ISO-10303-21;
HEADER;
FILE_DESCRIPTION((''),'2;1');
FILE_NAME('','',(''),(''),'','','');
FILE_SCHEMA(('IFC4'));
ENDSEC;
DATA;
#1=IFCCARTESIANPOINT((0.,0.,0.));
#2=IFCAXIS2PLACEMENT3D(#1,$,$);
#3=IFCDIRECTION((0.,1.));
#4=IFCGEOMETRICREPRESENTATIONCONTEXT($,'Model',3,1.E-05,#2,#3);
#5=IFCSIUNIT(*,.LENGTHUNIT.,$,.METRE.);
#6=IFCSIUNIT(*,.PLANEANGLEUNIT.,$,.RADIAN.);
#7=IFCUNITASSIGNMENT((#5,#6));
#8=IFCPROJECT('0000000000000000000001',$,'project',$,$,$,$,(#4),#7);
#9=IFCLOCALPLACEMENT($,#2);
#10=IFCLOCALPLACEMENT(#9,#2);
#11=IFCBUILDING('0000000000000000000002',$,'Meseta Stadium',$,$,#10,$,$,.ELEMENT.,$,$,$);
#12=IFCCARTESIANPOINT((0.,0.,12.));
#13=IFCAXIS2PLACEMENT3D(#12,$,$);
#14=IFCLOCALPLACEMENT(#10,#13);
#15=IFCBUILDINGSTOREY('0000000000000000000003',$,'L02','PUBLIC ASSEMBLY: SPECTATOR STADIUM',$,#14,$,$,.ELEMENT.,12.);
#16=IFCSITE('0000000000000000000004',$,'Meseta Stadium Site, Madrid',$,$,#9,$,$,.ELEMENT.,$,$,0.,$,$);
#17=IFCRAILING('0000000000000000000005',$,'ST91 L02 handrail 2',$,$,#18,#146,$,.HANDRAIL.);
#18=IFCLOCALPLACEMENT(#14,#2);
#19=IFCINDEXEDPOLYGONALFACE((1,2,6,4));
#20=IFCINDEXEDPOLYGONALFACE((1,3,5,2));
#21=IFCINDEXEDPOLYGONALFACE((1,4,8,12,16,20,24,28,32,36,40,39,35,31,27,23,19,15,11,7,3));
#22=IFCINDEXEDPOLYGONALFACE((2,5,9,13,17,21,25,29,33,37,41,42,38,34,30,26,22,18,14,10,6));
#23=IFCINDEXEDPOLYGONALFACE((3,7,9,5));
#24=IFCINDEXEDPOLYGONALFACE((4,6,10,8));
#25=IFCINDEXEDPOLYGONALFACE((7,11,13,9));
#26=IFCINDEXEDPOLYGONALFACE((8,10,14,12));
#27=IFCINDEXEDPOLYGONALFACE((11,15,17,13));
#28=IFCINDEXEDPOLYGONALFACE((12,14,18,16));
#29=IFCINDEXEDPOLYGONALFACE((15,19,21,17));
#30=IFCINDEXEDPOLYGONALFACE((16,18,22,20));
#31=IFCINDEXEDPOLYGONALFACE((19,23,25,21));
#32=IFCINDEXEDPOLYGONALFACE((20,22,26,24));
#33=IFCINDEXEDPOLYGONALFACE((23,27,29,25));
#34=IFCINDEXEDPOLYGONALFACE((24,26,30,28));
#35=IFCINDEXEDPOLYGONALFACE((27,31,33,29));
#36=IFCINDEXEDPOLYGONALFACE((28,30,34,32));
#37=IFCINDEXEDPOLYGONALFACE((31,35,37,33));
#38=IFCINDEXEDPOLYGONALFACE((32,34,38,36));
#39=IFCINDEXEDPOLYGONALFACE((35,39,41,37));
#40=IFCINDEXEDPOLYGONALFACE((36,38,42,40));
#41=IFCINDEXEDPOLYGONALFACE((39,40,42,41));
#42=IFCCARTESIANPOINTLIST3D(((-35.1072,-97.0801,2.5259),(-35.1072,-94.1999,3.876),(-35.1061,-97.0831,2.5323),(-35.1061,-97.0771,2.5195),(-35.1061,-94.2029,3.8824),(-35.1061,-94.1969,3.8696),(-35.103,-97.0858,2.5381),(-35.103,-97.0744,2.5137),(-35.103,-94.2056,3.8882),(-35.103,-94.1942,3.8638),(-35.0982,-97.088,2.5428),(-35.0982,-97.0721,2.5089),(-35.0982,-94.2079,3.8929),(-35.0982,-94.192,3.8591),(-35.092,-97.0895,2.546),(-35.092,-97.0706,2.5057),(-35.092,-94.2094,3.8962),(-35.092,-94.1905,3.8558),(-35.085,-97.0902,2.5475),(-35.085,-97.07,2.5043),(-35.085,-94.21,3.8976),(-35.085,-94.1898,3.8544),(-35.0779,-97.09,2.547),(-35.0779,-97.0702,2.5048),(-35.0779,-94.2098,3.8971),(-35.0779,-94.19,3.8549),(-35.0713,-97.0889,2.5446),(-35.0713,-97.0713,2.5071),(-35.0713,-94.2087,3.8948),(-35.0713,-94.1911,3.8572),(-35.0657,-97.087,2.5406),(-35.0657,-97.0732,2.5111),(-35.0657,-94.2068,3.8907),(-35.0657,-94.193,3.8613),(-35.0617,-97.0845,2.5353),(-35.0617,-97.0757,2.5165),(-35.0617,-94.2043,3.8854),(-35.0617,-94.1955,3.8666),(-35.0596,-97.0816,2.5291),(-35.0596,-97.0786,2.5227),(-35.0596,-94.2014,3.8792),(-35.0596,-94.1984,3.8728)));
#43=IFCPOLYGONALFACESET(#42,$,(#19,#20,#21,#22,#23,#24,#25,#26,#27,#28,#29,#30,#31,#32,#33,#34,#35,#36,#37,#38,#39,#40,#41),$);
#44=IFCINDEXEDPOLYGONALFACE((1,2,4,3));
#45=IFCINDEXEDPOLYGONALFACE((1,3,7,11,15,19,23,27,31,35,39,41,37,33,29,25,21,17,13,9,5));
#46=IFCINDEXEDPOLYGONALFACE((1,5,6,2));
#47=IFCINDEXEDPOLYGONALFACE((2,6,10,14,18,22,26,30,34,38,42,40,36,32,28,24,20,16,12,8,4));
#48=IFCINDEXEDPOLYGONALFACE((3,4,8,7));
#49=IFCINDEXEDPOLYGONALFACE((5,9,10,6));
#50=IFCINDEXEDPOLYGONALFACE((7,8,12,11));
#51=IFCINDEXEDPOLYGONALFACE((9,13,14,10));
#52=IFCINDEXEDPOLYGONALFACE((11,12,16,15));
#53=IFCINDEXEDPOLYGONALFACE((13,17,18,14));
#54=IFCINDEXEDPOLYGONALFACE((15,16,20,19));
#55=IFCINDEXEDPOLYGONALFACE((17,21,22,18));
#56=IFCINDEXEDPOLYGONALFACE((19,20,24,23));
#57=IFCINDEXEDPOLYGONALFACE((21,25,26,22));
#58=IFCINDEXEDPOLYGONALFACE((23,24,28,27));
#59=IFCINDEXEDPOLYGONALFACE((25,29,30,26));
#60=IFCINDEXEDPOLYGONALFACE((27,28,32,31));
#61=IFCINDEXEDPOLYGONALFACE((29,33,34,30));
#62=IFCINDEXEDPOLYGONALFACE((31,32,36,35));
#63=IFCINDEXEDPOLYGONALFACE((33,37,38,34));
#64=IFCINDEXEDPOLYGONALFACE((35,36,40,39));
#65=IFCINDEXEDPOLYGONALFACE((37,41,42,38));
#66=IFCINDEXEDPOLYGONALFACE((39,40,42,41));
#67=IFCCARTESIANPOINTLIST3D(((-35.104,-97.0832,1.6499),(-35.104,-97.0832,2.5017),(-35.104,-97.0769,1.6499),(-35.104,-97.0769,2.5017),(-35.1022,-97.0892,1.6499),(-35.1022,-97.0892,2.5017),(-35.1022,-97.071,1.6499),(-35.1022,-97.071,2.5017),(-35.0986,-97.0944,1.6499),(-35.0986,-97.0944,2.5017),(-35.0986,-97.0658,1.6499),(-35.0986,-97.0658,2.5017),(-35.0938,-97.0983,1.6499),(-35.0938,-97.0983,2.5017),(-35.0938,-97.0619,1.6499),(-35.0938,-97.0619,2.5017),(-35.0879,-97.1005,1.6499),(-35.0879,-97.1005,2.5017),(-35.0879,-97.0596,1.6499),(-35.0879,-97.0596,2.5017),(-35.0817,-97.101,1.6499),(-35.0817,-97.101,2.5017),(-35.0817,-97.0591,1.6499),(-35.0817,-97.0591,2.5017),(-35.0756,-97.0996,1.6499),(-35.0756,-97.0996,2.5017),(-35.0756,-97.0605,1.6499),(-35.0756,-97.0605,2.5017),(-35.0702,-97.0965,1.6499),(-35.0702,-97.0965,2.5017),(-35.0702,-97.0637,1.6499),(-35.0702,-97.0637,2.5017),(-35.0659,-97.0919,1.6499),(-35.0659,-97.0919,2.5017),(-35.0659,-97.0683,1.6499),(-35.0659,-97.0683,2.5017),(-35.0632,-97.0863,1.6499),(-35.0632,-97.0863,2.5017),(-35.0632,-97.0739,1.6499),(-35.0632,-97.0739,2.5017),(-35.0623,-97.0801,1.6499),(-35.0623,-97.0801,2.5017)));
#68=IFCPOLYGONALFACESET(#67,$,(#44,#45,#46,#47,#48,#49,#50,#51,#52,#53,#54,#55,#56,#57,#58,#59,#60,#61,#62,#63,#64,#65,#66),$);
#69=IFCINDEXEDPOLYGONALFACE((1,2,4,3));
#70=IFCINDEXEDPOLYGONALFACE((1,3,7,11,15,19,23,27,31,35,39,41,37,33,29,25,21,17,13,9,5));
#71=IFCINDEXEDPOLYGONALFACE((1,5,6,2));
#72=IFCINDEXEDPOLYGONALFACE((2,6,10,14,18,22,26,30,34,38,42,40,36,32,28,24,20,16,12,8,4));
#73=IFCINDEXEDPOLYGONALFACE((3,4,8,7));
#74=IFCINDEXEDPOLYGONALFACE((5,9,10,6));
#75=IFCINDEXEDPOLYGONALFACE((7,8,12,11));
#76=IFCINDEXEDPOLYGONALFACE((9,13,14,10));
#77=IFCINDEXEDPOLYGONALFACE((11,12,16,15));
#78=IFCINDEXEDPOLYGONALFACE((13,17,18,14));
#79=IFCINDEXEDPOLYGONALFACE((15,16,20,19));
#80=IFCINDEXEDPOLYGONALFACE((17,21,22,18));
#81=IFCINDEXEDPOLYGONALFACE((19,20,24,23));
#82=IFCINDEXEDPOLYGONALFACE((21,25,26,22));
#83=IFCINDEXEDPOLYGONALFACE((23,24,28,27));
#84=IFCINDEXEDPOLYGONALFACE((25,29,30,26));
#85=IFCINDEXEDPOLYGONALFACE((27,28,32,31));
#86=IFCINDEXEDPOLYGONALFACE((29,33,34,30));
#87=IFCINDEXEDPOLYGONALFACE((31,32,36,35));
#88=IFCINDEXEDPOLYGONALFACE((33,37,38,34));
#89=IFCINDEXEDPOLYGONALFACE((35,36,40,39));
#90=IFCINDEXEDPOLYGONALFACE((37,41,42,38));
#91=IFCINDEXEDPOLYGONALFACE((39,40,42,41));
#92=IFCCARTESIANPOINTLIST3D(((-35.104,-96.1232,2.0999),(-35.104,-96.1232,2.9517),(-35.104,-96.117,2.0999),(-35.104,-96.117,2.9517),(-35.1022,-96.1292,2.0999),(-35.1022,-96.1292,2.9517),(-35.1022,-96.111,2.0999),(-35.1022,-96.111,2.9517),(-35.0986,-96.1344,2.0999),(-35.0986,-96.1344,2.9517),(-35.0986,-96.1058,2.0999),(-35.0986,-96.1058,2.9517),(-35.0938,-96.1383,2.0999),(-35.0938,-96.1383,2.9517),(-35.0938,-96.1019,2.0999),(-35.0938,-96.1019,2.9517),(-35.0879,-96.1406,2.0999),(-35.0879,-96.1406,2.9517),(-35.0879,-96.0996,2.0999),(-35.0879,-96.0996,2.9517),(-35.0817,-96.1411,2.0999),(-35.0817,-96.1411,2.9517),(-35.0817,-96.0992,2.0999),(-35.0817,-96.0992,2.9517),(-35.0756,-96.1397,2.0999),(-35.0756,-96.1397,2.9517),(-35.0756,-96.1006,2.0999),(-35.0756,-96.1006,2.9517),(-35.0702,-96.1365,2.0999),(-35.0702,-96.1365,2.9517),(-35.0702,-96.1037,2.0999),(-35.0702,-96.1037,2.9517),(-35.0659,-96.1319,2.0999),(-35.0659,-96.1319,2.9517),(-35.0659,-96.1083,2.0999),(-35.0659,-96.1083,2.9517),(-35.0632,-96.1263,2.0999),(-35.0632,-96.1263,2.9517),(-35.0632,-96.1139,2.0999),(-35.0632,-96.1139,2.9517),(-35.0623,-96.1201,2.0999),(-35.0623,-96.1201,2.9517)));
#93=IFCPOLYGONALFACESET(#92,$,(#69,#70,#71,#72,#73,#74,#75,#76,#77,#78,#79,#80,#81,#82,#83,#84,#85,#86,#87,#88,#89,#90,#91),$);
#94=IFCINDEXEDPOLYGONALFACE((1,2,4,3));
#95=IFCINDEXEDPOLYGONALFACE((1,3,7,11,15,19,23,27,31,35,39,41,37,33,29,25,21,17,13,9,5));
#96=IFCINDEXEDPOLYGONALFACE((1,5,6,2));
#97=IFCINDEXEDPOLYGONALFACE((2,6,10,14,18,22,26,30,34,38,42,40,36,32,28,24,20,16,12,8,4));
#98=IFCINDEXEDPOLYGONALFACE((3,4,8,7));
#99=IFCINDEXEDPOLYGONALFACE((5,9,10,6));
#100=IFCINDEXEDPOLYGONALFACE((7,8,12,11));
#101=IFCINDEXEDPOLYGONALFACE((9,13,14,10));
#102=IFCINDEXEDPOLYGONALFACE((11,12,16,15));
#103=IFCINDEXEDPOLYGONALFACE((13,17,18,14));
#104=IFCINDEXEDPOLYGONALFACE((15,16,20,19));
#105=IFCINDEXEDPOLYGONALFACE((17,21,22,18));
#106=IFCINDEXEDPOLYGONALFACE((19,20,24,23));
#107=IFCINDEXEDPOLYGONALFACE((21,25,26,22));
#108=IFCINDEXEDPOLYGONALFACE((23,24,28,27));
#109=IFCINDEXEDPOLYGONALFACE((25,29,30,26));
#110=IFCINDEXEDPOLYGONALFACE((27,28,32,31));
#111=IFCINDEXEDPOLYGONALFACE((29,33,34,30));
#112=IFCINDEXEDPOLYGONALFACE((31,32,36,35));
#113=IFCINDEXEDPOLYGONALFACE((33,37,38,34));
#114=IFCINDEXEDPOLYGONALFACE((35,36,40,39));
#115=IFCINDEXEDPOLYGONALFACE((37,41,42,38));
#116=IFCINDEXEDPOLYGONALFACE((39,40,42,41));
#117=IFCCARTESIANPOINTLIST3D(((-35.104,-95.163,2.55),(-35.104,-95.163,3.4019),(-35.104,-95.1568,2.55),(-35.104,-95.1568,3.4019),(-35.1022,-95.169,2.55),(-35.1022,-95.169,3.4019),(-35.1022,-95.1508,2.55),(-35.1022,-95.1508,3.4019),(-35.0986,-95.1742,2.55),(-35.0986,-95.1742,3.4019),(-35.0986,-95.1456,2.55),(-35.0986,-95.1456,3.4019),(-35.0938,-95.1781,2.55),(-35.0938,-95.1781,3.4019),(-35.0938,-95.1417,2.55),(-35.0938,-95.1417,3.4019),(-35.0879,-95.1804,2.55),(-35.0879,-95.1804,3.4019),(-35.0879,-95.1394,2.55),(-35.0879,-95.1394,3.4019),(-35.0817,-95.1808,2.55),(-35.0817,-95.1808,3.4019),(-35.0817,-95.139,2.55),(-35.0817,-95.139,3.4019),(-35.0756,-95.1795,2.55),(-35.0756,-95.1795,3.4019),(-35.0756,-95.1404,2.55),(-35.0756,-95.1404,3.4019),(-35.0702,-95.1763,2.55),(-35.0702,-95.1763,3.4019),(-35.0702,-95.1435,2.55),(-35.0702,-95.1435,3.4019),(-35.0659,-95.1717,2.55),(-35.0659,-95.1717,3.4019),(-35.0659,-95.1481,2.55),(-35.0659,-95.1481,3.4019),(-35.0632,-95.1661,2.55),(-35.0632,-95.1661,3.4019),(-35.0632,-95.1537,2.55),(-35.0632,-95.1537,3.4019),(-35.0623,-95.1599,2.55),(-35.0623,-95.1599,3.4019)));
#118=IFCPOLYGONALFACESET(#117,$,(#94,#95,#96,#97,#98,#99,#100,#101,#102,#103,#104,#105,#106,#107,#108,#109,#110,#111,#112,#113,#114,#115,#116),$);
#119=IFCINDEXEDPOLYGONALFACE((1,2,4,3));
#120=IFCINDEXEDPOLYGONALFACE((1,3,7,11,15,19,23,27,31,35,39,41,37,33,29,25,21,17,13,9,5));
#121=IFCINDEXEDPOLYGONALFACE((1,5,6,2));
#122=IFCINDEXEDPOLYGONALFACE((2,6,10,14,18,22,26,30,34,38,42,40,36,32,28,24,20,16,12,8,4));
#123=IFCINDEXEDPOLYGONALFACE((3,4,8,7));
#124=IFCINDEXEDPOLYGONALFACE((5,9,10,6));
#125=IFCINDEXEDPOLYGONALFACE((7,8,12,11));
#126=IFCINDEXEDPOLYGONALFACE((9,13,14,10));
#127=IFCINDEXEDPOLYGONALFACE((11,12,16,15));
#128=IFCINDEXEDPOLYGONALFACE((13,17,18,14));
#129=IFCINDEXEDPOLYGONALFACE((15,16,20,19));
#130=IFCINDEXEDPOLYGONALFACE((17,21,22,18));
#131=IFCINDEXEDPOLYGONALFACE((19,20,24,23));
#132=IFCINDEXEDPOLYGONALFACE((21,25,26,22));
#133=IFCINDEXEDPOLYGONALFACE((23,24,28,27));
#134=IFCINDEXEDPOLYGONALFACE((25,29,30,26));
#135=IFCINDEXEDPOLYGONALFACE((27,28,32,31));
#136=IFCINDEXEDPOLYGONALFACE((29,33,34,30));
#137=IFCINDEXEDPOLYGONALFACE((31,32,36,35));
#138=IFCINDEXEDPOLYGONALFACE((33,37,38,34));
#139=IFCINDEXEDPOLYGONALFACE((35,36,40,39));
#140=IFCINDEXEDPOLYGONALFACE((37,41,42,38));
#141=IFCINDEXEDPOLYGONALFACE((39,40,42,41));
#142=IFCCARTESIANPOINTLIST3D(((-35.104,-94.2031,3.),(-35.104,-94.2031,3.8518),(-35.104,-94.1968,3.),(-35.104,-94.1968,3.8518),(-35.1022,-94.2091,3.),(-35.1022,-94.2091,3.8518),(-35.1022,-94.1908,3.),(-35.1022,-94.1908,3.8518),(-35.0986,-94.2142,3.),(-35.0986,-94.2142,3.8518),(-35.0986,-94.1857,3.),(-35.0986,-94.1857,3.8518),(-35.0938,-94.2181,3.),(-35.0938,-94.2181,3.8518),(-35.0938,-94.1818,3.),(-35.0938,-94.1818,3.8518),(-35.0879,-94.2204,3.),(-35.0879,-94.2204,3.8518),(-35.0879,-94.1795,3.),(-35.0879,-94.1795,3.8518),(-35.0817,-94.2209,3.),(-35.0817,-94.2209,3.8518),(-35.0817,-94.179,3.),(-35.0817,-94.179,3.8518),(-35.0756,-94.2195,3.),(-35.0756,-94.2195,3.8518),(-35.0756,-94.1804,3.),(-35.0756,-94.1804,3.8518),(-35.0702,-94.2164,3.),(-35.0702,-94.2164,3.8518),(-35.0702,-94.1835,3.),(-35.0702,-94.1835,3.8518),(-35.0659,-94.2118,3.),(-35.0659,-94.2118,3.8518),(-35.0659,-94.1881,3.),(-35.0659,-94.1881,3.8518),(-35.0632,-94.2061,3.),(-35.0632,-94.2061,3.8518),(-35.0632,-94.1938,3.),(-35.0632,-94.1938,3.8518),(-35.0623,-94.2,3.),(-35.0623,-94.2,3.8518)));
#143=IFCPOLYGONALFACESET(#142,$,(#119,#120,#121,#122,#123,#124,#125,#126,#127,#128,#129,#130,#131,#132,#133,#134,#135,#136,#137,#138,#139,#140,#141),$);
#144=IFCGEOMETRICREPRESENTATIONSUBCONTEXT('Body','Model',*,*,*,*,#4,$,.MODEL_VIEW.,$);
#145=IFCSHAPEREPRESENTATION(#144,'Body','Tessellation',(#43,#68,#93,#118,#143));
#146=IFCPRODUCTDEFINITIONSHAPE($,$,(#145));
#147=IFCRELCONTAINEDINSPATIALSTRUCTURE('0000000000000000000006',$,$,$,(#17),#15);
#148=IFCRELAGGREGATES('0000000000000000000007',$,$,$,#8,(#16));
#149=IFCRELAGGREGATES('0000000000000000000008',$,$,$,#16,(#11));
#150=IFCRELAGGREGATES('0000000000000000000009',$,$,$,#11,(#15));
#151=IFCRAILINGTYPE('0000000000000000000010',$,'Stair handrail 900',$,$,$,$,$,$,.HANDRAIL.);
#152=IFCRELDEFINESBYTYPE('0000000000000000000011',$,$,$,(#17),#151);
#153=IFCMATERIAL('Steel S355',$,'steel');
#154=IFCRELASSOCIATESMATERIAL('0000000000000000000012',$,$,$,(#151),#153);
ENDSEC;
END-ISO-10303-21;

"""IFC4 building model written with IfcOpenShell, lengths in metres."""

from ifc_helpers import new_model, si_unit, direction, frame, origin, origin_2d, place, context, subcontext, project, spatial, circle, extrude, material, type_object, element, save


model = new_model("IFC4")

# Units and contexts
model_context = context("Model", 3, precision=1e-05, world=origin(), true_north=direction((0.0, 1.0)))
body_context = subcontext(model_context, "Body", "Model", "MODEL_VIEW")
ifc_project = project(units=[si_unit("LENGTHUNIT", "METRE"), si_unit("PLANEANGLEUNIT", "RADIAN")], contexts=[model_context])

# Site, building, storey
site_placement = place(None, origin())
site = spatial("IfcSite", under=ifc_project, at=site_placement, Name="Meseta Stadium Site, Madrid", CompositionType="ELEMENT", RefElevation=0.0)
building_placement = place(site_placement, origin())
building = spatial("IfcBuilding", under=site, at=building_placement, Name="Meseta Stadium", CompositionType="ELEMENT")
storey_placement = place(building_placement, frame((0.0, 0.0, 12.0)))
storey = spatial("IfcBuildingStorey", under=building, at=storey_placement, Name="L02", Description="PUBLIC ASSEMBLY: SPECTATOR STADIUM", CompositionType="ELEMENT", Elevation=12.0)

# Railing
ifc_material_1 = material(Name="Steel S355", Category="steel")
railing_type_1 = type_object("IfcRailingType", Name="Stair handrail 900", PredefinedType="HANDRAIL", material=ifc_material_1)
for number, where, name in (
    (1, (-35.0833, -97.0801, 1.6499), "ST91 L02 handrail 2"),
):
    element("IfcRailing", number, at=place(storey_placement, frame(where)), inside=storey, type_object=railing_type_1, Name=name, PredefinedType="HANDRAIL", context=body_context, shape_type="SweptSolid", body=[
        extrude(circle(Radius=0.0239, at=origin_2d()), frame((0.0, 0.0, 0.876), z_axis=(0.0, 0.905454, 0.424444), x_axis=(-1.0, 0.0, 0.0)), (0.0, 0.0, 1.0), 3.1809),
        extrude(circle(Radius=0.021, at=origin_2d()), origin(), (0.0, 0.0, 1.0), 0.8518),
        extrude(circle(Radius=0.021, at=origin_2d()), frame((0.0, 0.96, 0.45)), (0.0, 0.0, 1.0), 0.8518),
        extrude(circle(Radius=0.021, at=origin_2d()), frame((0.0, 1.9202, 0.9001)), (0.0, 0.0, 1.0), 0.8518),
        extrude(circle(Radius=0.021, at=origin_2d()), frame((0.0, 2.8801, 1.3501)), (0.0, 0.0, 1.0), 0.8518),
    ])

save(model, "model.ifc")
